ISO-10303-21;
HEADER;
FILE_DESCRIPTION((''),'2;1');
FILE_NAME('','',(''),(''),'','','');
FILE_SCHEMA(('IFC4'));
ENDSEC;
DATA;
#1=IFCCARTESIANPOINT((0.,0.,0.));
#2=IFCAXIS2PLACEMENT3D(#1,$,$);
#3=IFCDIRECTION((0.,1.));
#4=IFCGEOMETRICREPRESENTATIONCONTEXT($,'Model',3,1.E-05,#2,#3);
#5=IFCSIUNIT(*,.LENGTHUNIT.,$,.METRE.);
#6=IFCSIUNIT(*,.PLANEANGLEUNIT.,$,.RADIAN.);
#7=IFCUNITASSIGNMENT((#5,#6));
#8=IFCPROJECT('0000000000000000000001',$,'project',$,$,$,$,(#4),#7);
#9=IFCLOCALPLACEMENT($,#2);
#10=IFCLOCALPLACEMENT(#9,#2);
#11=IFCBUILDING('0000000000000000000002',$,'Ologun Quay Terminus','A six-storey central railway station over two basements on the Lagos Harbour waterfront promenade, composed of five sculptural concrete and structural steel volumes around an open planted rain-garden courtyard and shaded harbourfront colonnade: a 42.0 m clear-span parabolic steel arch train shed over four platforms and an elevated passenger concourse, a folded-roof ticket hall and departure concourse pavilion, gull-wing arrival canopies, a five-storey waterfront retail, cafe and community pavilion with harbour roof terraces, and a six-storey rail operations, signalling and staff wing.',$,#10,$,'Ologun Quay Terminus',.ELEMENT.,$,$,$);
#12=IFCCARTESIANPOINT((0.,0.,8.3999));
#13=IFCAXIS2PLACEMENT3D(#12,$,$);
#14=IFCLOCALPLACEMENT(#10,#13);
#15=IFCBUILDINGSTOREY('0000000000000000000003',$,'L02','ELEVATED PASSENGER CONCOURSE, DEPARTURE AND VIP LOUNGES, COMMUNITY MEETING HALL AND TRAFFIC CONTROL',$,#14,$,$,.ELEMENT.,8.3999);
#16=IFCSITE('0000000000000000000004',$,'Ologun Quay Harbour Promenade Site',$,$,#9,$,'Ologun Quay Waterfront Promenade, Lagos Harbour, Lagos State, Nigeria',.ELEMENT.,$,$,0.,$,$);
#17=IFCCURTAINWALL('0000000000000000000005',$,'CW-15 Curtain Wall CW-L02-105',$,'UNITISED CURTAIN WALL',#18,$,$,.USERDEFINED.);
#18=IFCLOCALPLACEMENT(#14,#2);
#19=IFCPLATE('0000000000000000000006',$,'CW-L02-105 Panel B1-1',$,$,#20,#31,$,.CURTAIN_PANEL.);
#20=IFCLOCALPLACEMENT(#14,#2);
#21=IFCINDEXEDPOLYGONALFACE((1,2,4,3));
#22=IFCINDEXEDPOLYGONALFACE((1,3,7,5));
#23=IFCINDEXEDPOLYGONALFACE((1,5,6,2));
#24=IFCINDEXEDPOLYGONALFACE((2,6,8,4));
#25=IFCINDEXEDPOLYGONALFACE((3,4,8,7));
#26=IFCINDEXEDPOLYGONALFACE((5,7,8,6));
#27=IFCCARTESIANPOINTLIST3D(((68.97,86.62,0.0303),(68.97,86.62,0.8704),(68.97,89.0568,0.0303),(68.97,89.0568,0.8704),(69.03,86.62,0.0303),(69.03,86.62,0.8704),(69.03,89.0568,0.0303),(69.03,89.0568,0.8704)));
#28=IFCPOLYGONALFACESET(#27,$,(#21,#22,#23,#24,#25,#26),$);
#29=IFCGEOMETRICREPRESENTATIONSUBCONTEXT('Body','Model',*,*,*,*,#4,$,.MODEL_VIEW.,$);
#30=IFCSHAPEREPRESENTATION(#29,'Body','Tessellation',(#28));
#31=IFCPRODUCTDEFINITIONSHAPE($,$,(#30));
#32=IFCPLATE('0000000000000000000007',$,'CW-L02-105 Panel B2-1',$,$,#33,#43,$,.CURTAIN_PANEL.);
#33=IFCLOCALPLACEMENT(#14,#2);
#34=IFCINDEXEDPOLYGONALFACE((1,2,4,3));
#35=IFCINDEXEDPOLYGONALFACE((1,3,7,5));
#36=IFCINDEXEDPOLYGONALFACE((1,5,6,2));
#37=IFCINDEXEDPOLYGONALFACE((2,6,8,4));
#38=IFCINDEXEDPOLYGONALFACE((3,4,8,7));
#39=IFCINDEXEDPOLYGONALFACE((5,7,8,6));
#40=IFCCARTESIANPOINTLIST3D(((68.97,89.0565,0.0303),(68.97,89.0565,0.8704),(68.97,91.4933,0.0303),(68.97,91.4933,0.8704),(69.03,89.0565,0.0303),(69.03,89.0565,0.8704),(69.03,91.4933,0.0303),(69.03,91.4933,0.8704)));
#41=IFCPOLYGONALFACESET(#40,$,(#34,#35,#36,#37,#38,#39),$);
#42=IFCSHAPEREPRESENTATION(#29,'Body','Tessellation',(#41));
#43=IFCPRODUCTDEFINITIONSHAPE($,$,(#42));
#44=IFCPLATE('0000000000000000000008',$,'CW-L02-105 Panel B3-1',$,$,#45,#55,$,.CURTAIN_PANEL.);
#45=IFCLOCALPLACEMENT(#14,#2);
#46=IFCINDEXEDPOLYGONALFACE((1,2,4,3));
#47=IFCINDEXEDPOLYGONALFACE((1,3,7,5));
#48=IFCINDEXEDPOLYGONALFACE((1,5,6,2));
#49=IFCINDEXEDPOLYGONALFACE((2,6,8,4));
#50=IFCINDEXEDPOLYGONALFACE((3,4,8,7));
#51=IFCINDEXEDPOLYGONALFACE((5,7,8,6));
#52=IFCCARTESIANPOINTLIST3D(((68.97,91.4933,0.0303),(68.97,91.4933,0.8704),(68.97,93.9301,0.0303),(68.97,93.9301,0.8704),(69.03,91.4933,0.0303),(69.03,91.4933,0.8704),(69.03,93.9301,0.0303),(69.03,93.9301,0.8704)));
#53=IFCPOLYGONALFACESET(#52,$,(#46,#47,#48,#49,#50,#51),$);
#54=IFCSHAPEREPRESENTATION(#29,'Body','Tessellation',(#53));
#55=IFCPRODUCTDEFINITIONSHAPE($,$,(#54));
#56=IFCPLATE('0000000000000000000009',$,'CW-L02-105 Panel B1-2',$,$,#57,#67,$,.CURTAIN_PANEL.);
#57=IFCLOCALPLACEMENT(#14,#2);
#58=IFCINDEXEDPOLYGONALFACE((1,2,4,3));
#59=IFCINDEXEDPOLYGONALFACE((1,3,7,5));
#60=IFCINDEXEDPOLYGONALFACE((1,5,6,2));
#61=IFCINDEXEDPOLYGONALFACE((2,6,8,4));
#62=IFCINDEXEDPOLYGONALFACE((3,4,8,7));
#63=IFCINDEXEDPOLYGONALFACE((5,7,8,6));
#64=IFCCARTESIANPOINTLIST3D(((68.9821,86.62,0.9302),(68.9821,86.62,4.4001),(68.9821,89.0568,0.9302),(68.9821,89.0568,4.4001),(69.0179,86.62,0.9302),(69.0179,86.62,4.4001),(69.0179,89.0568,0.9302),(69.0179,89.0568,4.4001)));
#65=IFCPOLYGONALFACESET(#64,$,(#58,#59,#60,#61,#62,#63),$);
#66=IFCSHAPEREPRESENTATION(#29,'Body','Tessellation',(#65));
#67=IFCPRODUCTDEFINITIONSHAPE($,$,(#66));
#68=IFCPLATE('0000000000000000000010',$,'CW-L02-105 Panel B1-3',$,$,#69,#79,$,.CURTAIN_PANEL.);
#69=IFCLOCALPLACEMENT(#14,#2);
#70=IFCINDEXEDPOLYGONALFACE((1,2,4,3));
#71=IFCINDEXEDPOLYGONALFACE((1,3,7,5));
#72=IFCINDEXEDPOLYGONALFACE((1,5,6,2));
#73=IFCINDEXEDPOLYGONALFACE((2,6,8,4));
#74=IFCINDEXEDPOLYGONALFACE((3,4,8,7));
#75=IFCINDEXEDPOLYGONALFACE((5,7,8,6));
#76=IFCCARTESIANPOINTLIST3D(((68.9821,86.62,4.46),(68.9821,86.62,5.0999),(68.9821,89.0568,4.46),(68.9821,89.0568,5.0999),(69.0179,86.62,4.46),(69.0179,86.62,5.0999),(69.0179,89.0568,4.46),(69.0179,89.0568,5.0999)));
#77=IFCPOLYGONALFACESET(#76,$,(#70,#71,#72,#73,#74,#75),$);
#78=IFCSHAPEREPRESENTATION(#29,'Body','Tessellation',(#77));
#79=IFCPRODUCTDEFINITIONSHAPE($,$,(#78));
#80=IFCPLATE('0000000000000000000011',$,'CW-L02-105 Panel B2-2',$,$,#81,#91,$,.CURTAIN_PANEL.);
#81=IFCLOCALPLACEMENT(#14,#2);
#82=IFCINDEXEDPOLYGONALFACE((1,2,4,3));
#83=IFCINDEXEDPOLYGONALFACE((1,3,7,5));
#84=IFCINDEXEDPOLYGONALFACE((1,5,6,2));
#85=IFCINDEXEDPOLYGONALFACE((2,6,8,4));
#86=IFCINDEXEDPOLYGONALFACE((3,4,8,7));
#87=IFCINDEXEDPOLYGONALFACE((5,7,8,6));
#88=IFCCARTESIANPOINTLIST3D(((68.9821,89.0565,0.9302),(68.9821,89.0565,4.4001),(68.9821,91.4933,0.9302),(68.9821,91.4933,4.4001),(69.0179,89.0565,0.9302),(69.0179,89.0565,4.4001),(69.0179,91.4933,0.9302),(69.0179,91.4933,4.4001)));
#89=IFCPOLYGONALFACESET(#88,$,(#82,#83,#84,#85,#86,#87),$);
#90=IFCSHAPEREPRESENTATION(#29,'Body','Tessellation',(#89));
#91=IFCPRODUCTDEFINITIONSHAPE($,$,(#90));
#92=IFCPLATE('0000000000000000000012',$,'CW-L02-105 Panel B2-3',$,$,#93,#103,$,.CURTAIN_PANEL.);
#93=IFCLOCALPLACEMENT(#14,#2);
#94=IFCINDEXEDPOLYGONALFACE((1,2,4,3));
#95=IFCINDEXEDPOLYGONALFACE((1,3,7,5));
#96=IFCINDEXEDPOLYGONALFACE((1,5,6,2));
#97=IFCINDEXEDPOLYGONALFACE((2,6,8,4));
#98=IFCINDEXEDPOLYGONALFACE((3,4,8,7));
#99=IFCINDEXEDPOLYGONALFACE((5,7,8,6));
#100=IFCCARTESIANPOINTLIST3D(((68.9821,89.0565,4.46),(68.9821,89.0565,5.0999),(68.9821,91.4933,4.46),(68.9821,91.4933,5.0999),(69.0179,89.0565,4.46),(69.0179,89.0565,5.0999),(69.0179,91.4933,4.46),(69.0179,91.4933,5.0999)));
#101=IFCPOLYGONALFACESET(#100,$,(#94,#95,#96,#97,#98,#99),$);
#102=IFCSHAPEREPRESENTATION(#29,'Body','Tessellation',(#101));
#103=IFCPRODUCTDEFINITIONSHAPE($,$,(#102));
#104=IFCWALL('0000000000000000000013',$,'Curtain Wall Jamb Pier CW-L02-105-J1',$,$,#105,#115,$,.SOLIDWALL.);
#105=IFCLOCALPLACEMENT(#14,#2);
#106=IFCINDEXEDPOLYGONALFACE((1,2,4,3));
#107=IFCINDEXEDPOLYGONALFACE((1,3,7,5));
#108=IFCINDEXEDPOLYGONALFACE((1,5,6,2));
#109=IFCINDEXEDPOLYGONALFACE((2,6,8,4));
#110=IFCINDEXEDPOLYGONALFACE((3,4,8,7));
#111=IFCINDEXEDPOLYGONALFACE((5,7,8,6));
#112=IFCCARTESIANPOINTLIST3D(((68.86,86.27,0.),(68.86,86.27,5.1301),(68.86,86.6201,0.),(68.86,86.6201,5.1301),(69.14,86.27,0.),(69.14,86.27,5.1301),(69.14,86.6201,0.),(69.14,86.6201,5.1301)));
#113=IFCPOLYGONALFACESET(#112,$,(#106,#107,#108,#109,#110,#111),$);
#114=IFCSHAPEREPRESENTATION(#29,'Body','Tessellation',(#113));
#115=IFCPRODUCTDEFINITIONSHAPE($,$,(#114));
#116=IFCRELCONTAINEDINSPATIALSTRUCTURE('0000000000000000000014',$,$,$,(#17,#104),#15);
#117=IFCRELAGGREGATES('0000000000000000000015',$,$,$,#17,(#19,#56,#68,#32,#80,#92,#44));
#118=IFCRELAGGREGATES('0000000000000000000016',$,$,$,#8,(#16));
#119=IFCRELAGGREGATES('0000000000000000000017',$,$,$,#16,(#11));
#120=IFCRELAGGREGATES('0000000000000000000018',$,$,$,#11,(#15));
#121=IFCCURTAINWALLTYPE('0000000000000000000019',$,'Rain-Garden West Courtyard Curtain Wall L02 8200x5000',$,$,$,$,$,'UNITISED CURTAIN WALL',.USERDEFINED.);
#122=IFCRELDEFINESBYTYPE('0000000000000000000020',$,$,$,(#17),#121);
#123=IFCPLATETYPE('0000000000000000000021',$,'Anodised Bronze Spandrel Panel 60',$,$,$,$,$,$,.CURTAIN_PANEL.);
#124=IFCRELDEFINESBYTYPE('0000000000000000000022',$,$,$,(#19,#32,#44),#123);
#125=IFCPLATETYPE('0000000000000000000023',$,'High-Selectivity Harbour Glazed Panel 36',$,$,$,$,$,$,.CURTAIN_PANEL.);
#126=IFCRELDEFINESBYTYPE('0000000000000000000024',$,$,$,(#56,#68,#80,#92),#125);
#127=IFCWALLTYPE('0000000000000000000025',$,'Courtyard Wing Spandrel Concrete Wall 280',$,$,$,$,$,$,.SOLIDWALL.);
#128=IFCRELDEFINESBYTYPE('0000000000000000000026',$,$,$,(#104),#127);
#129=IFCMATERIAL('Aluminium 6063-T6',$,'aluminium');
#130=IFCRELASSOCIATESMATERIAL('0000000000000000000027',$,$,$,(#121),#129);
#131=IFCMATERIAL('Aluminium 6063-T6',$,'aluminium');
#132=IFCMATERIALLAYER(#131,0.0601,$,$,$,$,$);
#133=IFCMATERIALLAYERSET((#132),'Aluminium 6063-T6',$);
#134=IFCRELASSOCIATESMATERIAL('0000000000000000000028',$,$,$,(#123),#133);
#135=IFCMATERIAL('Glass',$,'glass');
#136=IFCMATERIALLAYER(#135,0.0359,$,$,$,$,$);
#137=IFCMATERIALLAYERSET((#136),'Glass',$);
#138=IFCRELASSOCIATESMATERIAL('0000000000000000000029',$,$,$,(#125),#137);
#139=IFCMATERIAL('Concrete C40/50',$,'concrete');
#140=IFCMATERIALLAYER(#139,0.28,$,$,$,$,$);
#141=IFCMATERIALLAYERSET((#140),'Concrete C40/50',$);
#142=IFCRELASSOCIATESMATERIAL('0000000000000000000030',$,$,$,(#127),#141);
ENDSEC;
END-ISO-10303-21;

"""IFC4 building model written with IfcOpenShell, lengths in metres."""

from ifc_helpers import new_model, si_unit, direction, frame, frame_2d, origin, origin_2d, place, context, subcontext, project, spatial, rectangle, extrude, material, layer, layer_set, type_object, element, aggregate, save


model = new_model("IFC4")

# Units and contexts
model_context = context("Model", 3, precision=1e-05, world=origin(), true_north=direction((0.0, 1.0)))
body_context = subcontext(model_context, "Body", "Model", "MODEL_VIEW")
ifc_project = project(units=[si_unit("LENGTHUNIT", "METRE"), si_unit("PLANEANGLEUNIT", "RADIAN")], contexts=[model_context])

# Site, building, storey
site_placement = place(None, origin())
site = spatial("IfcSite", under=ifc_project, at=site_placement, Name="Ologun Quay Harbour Promenade Site", LongName="Ologun Quay Waterfront Promenade, Lagos Harbour, Lagos State, Nigeria", CompositionType="ELEMENT", RefElevation=0.0)
building_placement = place(site_placement, origin())
building = spatial("IfcBuilding", under=site, at=building_placement, Name="Ologun Quay Terminus", Description="A six-storey central railway station over two basements on the Lagos Harbour waterfront promenade, composed of five sculptural concrete and structural steel volumes around an open planted rain-garden courtyard and shaded harbourfront colonnade: a 42.0 m clear-span parabolic steel arch train shed over four platforms and an elevated passenger concourse, a folded-roof ticket hall and departure concourse pavilion, gull-wing arrival canopies, a five-storey waterfront retail, cafe and community pavilion with harbour roof terraces, and a six-storey rail operations, signalling and staff wing.", LongName="Ologun Quay Terminus", CompositionType="ELEMENT")
storey_placement = place(building_placement, frame((0.0, 0.0, 8.3999)))
storey = spatial("IfcBuildingStorey", under=building, at=storey_placement, Name="L02", Description="ELEVATED PASSENGER CONCOURSE, DEPARTURE AND VIP LOUNGES, COMMUNITY MEETING HALL AND TRAFFIC CONTROL", CompositionType="ELEMENT", Elevation=8.3999)

# Curtain wall
ifc_material_1 = material(Name="Aluminium 6063-T6", Category="aluminium")
curtain_wall_type = type_object("IfcCurtainWallType", Name="Rain-Garden West Courtyard Curtain Wall L02 8200x5000", ElementType="UNITISED CURTAIN WALL", PredefinedType="USERDEFINED", material=ifc_material_1)
curtain_wall_placement = place(storey_placement, origin())
curtain_wall = element("IfcCurtainWall", 1, at=curtain_wall_placement, inside=storey, type_object=curtain_wall_type, Name="CW-15 Curtain Wall CW-L02-105", ObjectType="UNITISED CURTAIN WALL", PredefinedType="USERDEFINED")

# Plates
ifc_material_2 = material(Name="Aluminium 6063-T6", Category="aluminium")
ifc_layer_1 = layer(ifc_material_2, 0.0601)
ifc_layer_set_1 = layer_set([ifc_layer_1], Name="Aluminium 6063-T6")
plate_type_1 = type_object("IfcPlateType", Name="Anodised Bronze Spandrel Panel 60", PredefinedType="CURTAIN_PANEL", material=ifc_layer_set_1)
plate_1_placement = place(storey_placement, frame((69.0, 87.8384, 0.0303), z_axis=(0.0, 0.0, 1.0), x_axis=(0.0, 1.0, 0.0)))
plate_1 = element("IfcPlate", 2, at=plate_1_placement, type_object=plate_type_1, Name="CW-L02-105 Panel B1-1", PredefinedType="CURTAIN_PANEL", context=body_context, shape_type="SweptSolid", body=[
    extrude(rectangle(XDim=2.4368, YDim=0.0601, at=origin_2d()), origin(), (0.0, 0.0, 1.0), 0.8401),
])
plate_2_placement = place(storey_placement, frame((69.0, 90.2749, 0.0303), z_axis=(0.0, 0.0, 1.0), x_axis=(0.0, 1.0, 0.0)))
plate_2 = element("IfcPlate", 3, at=plate_2_placement, type_object=plate_type_1, Name="CW-L02-105 Panel B2-1", PredefinedType="CURTAIN_PANEL", context=body_context, shape_type="SweptSolid", body=[
    extrude(rectangle(XDim=2.4368, YDim=0.0601, at=origin_2d()), origin(), (0.0, 0.0, 1.0), 0.8401),
])
plate_3_placement = place(storey_placement, frame((69.0, 92.7117, 0.0303), z_axis=(0.0, 0.0, 1.0), x_axis=(0.0, 1.0, 0.0)))
plate_3 = element("IfcPlate", 4, at=plate_3_placement, type_object=plate_type_1, Name="CW-L02-105 Panel B3-1", PredefinedType="CURTAIN_PANEL", context=body_context, shape_type="SweptSolid", body=[
    extrude(rectangle(XDim=2.4368, YDim=0.0601, at=origin_2d()), origin(), (0.0, 0.0, 1.0), 0.8401),
])
ifc_material_3 = material(Name="Glass", Category="glass")
ifc_layer_2 = layer(ifc_material_3, 0.0359)
ifc_layer_set_2 = layer_set([ifc_layer_2], Name="Glass")
plate_type_2 = type_object("IfcPlateType", Name="High-Selectivity Harbour Glazed Panel 36", PredefinedType="CURTAIN_PANEL", material=ifc_layer_set_2)
plate_4_placement = place(storey_placement, frame((69.0, 87.8384, 0.9302), z_axis=(0.0, 0.0, 1.0), x_axis=(0.0, 1.0, 0.0)))
plate_4 = element("IfcPlate", 5, at=plate_4_placement, type_object=plate_type_2, Name="CW-L02-105 Panel B1-2", PredefinedType="CURTAIN_PANEL", context=body_context, shape_type="SweptSolid", body=[
    extrude(rectangle(XDim=2.4368, YDim=0.0359, at=origin_2d()), origin(), (0.0, 0.0, 1.0), 3.47),
])
plate_5_placement = place(storey_placement, frame((69.0, 87.8384, 4.46), z_axis=(0.0, 0.0, 1.0), x_axis=(0.0, 1.0, 0.0)))
plate_5 = element("IfcPlate", 6, at=plate_5_placement, type_object=plate_type_2, Name="CW-L02-105 Panel B1-3", PredefinedType="CURTAIN_PANEL", context=body_context, shape_type="SweptSolid", body=[
    extrude(rectangle(XDim=2.4368, YDim=0.0359, at=origin_2d()), origin(), (0.0, 0.0, 1.0), 0.6399),
])
plate_6_placement = place(storey_placement, frame((69.0, 90.2749, 0.9302), z_axis=(0.0, 0.0, 1.0), x_axis=(0.0, 1.0, 0.0)))
plate_6 = element("IfcPlate", 7, at=plate_6_placement, type_object=plate_type_2, Name="CW-L02-105 Panel B2-2", PredefinedType="CURTAIN_PANEL", context=body_context, shape_type="SweptSolid", body=[
    extrude(rectangle(XDim=2.4368, YDim=0.0359, at=origin_2d()), origin(), (0.0, 0.0, 1.0), 3.47),
])
plate_7_placement = place(storey_placement, frame((69.0, 90.2749, 4.46), z_axis=(0.0, 0.0, 1.0), x_axis=(0.0, 1.0, 0.0)))
plate_7 = element("IfcPlate", 8, at=plate_7_placement, type_object=plate_type_2, Name="CW-L02-105 Panel B2-3", PredefinedType="CURTAIN_PANEL", context=body_context, shape_type="SweptSolid", body=[
    extrude(rectangle(XDim=2.4368, YDim=0.0359, at=origin_2d()), origin(), (0.0, 0.0, 1.0), 0.6399),
])
aggregate(curtain_wall, [plate_1, plate_4, plate_5, plate_2, plate_6, plate_7, plate_3])

# Wall
ifc_material_4 = material(Name="Concrete C40/50", Category="concrete")
ifc_layer_3 = layer(ifc_material_4, 0.28)
ifc_layer_set_3 = layer_set([ifc_layer_3], Name="Concrete C40/50")
wall_type = type_object("IfcWallType", Name="Courtyard Wing Spandrel Concrete Wall 280", PredefinedType="SOLIDWALL", material=ifc_layer_set_3)
wall_placement = place(storey_placement, frame((69.0, 86.27, 0.0), z_axis=(0.0, 0.0, 1.0), x_axis=(0.0, 1.0, 0.0)))
element("IfcWall", 9, at=wall_placement, inside=storey, type_object=wall_type, Name="Curtain Wall Jamb Pier CW-L02-105-J1", PredefinedType="SOLIDWALL", context=body_context, shape_type="SweptSolid", body=[
    extrude(rectangle(XDim=0.3501, YDim=0.28, at=frame_2d((0.175, 0.0))), origin(), (0.0, 0.0, 1.0), 5.1301),
])

save(model, "model.ifc")
